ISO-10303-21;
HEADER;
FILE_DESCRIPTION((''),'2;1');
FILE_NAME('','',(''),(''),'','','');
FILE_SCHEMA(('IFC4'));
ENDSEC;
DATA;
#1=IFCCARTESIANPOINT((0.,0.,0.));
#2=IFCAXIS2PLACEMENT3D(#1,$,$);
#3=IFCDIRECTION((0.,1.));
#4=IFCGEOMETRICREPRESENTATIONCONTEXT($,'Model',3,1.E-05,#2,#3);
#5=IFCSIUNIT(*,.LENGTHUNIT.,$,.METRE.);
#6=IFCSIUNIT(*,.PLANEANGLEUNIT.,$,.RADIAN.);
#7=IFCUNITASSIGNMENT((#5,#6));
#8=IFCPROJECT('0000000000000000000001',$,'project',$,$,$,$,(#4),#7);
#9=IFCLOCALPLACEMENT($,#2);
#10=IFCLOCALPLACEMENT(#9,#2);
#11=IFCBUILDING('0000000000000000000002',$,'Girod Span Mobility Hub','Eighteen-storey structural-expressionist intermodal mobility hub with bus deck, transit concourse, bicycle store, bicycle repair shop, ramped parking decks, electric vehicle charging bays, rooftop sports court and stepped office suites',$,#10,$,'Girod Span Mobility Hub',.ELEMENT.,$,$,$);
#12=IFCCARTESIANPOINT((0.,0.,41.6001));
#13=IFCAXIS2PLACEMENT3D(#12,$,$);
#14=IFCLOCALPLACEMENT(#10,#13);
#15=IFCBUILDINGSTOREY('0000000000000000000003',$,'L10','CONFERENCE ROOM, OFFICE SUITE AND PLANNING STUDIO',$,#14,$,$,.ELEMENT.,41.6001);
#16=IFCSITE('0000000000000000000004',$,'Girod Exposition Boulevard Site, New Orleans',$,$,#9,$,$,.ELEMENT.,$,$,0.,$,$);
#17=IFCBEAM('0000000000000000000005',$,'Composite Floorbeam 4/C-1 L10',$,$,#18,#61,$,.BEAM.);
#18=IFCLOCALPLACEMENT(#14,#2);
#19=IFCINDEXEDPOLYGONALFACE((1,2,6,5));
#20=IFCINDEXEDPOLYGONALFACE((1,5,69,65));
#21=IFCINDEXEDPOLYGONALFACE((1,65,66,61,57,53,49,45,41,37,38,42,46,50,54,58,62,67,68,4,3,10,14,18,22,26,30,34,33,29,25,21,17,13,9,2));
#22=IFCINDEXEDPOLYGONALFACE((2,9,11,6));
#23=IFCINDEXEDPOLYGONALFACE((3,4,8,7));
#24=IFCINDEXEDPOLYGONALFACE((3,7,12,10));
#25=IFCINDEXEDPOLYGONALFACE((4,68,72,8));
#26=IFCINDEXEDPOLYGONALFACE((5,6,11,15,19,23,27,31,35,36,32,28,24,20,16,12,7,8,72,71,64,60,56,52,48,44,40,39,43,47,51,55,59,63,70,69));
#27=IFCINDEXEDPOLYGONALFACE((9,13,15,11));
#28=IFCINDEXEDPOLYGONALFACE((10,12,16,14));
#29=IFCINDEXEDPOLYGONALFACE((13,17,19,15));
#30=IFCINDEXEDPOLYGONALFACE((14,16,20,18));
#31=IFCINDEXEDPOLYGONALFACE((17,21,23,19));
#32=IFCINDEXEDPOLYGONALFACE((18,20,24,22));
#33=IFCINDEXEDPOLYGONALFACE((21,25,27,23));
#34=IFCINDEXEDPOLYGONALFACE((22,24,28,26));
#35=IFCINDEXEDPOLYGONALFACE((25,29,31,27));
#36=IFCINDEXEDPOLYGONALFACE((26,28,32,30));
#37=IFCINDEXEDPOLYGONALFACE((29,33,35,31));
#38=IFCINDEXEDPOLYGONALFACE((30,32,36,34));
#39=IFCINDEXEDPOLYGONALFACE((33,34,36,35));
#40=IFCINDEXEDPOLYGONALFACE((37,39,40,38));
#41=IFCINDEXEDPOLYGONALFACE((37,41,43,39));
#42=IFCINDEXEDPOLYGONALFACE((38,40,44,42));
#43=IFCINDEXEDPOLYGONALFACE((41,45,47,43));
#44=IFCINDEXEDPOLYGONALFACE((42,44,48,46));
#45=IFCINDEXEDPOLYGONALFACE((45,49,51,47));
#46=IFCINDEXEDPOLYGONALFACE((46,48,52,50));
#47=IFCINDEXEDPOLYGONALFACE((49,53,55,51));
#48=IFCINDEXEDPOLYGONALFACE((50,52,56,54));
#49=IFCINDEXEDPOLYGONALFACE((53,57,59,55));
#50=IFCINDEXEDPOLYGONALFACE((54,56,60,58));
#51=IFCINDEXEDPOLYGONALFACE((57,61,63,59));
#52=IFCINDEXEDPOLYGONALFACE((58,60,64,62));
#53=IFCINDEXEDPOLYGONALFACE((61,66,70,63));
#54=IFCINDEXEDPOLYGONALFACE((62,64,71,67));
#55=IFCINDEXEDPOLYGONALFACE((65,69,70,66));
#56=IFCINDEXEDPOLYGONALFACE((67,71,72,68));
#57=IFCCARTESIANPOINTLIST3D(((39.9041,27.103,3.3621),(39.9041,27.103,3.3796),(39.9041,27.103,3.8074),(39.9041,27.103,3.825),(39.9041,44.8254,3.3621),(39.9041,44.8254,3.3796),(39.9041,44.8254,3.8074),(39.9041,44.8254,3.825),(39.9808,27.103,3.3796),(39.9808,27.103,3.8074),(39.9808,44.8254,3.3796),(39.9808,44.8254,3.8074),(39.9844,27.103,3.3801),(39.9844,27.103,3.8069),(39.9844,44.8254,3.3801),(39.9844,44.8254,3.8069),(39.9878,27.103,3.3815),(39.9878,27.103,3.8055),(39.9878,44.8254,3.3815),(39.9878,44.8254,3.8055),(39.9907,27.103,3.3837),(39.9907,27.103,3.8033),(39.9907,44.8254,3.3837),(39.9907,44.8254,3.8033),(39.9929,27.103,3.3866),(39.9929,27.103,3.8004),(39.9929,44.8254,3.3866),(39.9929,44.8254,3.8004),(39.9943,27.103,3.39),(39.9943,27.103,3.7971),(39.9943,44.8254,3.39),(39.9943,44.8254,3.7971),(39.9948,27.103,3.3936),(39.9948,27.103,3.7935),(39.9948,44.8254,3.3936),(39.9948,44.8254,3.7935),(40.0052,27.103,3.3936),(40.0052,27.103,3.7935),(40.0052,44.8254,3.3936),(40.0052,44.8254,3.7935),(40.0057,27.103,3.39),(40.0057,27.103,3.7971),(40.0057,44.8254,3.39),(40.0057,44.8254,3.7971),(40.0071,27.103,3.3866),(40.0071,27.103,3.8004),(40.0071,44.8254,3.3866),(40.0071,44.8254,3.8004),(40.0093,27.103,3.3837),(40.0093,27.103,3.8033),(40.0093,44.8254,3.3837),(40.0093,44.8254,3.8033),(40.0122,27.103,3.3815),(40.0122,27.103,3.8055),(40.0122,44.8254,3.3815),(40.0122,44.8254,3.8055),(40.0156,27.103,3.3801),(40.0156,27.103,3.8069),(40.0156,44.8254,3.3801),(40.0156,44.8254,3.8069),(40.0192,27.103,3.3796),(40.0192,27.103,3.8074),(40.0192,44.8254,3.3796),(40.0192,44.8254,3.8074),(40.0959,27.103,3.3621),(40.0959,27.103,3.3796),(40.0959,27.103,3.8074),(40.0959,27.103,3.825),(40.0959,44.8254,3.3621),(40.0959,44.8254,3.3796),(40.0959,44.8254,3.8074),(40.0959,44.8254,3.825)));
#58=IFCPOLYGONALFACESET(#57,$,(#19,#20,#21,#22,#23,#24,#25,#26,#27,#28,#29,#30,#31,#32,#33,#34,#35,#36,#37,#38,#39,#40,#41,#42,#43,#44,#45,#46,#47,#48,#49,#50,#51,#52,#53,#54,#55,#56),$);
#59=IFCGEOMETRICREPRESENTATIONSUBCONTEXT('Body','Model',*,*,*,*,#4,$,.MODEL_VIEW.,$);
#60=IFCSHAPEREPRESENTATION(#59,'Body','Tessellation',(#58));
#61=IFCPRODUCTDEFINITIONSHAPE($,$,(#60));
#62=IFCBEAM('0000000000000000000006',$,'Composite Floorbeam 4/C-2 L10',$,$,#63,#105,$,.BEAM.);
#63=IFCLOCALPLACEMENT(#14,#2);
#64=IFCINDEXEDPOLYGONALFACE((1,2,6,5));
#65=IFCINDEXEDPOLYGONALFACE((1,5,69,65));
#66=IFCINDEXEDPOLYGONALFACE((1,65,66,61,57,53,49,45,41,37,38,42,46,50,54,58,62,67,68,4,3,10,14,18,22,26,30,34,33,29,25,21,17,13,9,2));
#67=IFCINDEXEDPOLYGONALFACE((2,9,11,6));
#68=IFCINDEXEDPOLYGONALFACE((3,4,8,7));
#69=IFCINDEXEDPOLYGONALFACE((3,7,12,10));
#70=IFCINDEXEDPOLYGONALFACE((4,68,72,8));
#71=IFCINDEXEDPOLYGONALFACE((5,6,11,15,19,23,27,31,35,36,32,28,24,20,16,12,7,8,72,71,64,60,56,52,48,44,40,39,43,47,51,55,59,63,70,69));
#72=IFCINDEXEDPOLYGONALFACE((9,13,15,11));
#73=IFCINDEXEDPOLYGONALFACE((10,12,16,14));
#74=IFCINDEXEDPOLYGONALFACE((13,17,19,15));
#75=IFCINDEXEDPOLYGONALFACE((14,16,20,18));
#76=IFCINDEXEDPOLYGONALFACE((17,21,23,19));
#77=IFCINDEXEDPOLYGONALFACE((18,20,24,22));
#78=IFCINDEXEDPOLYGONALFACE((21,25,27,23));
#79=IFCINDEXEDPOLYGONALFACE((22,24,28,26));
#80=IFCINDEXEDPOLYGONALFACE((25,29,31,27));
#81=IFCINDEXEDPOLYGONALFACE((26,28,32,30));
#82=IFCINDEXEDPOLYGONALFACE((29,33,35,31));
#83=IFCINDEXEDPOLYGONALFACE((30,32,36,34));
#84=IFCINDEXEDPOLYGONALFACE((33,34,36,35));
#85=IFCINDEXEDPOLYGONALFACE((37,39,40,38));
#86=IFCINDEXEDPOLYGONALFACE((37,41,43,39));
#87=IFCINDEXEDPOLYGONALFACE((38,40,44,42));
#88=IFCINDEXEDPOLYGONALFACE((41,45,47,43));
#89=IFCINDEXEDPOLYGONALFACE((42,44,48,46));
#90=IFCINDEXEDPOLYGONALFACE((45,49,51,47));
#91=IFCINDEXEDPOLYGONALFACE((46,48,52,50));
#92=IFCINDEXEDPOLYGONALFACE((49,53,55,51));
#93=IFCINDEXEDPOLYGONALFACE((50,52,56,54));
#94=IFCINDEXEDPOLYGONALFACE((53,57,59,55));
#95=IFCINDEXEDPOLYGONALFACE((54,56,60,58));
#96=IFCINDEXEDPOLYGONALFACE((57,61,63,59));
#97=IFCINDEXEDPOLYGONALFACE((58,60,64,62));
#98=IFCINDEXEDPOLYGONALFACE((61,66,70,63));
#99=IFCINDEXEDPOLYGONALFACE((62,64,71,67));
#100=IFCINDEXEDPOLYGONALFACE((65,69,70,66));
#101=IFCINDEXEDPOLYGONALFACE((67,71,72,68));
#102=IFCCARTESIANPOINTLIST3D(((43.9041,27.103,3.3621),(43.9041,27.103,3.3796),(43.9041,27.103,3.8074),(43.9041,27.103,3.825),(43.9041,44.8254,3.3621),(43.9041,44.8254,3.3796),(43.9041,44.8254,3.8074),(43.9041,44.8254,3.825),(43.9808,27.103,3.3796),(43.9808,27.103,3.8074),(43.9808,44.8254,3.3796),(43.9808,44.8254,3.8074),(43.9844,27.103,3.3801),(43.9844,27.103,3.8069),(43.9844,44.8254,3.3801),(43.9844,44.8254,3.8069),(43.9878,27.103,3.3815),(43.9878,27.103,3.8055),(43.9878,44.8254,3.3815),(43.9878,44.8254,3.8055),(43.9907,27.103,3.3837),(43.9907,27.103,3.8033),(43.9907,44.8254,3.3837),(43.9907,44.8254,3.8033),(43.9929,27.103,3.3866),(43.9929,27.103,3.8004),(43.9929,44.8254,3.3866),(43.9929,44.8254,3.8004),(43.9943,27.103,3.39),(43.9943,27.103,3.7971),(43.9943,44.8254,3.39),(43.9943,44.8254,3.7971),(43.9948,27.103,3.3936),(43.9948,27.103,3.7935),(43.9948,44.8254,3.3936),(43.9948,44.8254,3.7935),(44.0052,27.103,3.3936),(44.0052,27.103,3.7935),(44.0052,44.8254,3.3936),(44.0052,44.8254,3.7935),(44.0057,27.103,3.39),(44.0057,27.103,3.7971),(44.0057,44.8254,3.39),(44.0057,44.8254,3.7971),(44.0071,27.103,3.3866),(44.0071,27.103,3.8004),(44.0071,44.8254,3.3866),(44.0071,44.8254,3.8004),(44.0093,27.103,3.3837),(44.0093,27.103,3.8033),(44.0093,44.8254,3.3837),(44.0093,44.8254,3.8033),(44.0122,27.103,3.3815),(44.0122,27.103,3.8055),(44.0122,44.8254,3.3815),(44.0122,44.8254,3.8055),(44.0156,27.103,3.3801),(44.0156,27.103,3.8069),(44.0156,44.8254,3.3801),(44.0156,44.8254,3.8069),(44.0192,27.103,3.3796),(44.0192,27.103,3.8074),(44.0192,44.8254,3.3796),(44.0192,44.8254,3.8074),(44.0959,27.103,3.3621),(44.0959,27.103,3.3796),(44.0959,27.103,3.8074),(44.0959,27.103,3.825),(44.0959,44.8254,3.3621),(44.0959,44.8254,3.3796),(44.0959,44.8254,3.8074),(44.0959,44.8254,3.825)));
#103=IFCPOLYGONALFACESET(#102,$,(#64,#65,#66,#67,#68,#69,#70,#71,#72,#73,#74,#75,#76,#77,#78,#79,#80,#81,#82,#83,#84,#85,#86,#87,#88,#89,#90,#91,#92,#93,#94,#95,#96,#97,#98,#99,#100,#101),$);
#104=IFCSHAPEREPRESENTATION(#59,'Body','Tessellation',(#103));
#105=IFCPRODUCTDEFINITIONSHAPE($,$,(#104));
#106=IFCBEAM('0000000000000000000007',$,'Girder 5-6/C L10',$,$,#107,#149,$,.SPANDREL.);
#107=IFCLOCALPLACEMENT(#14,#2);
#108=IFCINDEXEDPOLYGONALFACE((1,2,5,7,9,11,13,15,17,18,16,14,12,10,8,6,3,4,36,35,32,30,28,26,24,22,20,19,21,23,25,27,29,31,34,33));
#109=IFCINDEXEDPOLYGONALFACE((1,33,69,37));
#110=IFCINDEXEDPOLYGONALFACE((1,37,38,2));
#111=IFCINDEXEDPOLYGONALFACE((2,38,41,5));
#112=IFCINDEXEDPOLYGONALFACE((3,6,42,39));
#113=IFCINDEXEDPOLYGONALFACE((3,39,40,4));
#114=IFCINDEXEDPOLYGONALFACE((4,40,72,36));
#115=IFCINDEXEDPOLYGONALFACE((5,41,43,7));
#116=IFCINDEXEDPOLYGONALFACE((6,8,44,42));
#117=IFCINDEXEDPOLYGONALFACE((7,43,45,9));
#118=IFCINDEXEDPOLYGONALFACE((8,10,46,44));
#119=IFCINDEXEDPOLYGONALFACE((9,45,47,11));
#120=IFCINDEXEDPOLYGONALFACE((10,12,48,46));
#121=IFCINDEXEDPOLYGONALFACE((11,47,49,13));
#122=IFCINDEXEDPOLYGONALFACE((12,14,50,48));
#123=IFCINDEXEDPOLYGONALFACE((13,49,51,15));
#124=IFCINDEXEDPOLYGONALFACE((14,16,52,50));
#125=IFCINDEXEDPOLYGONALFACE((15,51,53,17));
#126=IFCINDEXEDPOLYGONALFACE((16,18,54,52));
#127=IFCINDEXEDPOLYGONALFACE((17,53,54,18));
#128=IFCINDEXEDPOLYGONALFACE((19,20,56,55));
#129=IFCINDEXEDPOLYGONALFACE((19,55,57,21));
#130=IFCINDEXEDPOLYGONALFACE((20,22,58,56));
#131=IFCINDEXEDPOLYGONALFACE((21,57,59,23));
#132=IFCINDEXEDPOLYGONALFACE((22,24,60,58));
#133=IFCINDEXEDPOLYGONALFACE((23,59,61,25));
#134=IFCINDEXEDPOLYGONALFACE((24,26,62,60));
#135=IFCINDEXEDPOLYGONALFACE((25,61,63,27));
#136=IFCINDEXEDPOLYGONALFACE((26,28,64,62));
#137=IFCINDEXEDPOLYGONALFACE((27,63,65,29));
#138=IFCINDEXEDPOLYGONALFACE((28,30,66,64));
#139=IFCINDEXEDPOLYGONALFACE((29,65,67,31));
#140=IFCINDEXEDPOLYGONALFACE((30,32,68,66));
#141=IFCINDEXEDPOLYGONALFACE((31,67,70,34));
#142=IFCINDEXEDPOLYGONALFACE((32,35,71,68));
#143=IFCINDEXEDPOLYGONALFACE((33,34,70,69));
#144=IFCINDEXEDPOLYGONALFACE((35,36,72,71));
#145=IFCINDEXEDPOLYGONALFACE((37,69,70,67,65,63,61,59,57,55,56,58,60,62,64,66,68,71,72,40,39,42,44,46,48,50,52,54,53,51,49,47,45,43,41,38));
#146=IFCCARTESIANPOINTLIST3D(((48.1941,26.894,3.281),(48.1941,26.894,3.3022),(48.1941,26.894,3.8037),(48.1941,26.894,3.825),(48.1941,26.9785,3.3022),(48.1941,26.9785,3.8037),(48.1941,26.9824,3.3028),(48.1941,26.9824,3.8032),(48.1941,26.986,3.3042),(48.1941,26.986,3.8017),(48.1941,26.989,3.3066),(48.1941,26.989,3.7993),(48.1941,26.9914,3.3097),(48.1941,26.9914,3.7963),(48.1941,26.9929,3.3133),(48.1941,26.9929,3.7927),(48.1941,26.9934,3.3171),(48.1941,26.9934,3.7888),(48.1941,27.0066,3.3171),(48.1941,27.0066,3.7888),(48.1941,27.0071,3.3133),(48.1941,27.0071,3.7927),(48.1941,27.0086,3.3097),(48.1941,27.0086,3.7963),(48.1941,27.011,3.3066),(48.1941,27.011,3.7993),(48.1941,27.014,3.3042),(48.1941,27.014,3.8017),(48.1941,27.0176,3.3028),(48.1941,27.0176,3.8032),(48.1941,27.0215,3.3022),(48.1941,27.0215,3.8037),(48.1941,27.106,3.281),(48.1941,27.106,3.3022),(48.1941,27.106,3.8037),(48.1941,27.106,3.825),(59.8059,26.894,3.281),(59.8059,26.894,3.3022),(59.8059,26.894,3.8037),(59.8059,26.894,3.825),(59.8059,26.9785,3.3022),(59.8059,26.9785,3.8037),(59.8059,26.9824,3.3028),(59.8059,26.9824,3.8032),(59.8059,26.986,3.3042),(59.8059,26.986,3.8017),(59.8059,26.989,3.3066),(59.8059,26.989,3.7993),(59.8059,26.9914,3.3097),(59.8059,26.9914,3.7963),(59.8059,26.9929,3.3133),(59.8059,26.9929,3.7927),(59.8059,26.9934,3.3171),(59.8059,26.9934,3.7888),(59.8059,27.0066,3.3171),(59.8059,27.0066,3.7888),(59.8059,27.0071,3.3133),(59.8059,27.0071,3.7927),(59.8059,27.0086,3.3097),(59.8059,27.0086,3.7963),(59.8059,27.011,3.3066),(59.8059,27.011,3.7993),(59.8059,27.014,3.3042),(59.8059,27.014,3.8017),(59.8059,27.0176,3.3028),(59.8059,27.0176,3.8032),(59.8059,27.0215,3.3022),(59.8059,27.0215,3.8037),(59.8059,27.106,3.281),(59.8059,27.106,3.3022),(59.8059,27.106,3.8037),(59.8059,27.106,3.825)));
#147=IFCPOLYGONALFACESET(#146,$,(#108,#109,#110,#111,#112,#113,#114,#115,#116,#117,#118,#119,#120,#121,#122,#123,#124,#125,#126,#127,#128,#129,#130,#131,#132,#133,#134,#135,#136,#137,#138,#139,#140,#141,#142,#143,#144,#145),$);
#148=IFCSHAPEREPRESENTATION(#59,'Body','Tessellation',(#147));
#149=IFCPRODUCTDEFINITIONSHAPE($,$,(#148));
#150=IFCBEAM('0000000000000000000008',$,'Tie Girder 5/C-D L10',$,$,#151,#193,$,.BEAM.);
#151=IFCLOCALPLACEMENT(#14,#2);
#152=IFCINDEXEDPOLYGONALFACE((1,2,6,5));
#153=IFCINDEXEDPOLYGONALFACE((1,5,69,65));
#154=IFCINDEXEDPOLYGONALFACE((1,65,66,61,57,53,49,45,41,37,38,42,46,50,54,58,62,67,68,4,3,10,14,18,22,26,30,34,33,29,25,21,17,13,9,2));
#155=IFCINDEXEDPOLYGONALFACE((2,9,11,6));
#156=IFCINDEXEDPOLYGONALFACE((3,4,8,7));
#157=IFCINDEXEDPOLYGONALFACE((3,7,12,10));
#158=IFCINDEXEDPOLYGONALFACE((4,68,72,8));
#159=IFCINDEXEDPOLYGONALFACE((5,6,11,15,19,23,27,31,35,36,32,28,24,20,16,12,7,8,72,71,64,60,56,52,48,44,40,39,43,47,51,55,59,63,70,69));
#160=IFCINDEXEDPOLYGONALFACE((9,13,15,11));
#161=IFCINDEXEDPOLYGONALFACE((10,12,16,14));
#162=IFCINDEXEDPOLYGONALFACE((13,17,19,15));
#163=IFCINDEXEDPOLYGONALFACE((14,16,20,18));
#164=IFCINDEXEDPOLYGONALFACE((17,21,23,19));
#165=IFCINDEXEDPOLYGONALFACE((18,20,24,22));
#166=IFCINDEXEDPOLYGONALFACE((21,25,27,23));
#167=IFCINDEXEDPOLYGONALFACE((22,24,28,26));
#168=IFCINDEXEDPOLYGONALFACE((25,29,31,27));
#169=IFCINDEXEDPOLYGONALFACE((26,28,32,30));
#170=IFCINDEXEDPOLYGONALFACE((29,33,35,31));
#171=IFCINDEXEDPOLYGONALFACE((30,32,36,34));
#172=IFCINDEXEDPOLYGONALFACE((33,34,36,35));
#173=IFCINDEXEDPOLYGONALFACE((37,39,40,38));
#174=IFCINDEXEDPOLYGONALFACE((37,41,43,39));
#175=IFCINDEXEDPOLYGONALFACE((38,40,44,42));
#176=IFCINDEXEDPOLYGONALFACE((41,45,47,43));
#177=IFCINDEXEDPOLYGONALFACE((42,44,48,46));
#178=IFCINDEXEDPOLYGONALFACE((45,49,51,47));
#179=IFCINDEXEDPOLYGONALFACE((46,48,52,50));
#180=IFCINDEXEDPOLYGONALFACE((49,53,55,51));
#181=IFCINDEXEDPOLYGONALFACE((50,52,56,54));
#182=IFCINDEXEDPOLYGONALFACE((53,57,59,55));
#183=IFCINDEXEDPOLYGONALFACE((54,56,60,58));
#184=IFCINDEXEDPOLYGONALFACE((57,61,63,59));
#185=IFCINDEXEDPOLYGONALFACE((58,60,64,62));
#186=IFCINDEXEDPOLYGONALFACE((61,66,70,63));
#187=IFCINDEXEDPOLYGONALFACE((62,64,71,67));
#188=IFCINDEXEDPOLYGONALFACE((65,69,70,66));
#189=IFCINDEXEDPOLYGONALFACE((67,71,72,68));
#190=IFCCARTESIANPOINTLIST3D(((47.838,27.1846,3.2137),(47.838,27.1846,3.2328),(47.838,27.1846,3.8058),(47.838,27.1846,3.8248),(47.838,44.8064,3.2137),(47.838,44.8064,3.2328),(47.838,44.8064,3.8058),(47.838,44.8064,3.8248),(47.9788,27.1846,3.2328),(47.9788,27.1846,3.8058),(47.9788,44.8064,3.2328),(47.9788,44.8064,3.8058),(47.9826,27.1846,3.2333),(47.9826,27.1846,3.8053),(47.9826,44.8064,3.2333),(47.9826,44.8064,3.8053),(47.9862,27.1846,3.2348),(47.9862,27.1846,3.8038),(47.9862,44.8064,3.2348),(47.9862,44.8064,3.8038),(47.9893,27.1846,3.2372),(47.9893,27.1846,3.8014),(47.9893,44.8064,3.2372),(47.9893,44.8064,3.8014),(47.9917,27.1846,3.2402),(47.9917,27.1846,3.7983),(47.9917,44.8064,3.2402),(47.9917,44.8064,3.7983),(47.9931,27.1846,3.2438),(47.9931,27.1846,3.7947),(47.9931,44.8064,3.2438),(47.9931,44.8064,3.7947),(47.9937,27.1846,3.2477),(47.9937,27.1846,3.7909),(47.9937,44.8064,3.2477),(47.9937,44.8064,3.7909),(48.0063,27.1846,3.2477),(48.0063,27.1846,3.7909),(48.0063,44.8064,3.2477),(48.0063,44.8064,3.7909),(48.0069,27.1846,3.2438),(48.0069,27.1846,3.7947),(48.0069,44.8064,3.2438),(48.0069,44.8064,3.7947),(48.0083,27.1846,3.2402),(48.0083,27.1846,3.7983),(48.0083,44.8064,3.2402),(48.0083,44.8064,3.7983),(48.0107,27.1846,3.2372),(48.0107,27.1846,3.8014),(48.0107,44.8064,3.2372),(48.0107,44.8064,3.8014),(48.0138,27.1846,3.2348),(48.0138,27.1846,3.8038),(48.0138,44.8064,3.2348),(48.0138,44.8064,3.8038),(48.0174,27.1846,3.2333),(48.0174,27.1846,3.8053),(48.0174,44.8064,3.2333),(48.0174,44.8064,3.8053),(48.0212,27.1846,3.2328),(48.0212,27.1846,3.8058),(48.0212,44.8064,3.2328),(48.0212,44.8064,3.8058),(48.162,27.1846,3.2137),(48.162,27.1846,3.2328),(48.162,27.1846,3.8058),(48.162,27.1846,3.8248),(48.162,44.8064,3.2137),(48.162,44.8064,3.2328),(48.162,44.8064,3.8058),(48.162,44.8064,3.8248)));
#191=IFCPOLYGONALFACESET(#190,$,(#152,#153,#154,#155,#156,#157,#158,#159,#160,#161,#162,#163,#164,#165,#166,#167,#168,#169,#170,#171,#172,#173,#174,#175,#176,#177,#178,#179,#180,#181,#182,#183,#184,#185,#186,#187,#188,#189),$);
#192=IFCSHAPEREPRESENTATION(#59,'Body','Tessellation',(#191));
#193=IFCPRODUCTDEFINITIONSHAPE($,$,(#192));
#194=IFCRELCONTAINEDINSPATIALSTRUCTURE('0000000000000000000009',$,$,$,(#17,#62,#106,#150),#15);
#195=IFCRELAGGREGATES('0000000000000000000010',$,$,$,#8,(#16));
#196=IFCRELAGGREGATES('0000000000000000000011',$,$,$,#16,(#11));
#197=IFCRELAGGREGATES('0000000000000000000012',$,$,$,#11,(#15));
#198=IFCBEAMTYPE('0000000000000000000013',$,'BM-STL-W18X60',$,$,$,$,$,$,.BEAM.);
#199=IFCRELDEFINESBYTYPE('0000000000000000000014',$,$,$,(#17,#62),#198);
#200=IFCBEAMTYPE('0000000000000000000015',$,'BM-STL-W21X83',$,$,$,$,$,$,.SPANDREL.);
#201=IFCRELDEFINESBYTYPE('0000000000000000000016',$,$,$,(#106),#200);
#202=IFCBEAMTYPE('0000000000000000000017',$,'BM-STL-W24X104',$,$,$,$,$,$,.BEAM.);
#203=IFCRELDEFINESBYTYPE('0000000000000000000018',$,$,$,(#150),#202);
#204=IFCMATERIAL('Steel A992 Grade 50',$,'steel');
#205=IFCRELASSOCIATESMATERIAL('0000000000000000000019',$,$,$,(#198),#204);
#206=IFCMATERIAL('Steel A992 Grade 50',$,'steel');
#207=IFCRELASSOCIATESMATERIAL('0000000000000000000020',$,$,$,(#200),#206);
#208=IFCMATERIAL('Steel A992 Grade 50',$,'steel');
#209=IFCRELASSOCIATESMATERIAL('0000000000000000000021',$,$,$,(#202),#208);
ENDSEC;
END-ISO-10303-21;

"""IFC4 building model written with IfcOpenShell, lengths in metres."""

from ifc_helpers import new_model, si_unit, direction, frame, origin, origin_2d, place, context, subcontext, project, spatial, i_section, extrude, material, material_profile, profile_set, type_object, element, save


model = new_model("IFC4")

# Units and contexts
model_context = context("Model", 3, precision=1e-05, world=origin(), true_north=direction((0.0, 1.0)))
body_context = subcontext(model_context, "Body", "Model", "MODEL_VIEW")
ifc_project = project(units=[si_unit("LENGTHUNIT", "METRE"), si_unit("PLANEANGLEUNIT", "RADIAN")], contexts=[model_context])

# Site, building, storey
site_placement = place(None, origin())
site = spatial("IfcSite", under=ifc_project, at=site_placement, Name="Girod Exposition Boulevard Site, New Orleans", CompositionType="ELEMENT", RefElevation=0.0)
building_placement = place(site_placement, origin())
building = spatial("IfcBuilding", under=site, at=building_placement, Name="Girod Span Mobility Hub", Description="Eighteen-storey structural-expressionist intermodal mobility hub with bus deck, transit concourse, bicycle store, bicycle repair shop, ramped parking decks, electric vehicle charging bays, rooftop sports court and stepped office suites", LongName="Girod Span Mobility Hub", CompositionType="ELEMENT")
storey_placement = place(building_placement, frame((0.0, 0.0, 41.6001)))
storey = spatial("IfcBuildingStorey", under=building, at=storey_placement, Name="L10", Description="CONFERENCE ROOM, OFFICE SUITE AND PLANNING STUDIO", CompositionType="ELEMENT", Elevation=41.6001)

# Beams
ifc_material_1 = material(Name="Steel A992 Grade 50", Category="steel")
ifc_material_profile_1 = material_profile(ifc_material_1, i_section(OverallWidth=0.1919, OverallDepth=0.4629, WebThickness=0.0105, FlangeThickness=0.0176, FilletRadius=0.0139, at=origin_2d()), Name="W18X60")
ifc_profile_set_1 = profile_set([ifc_material_profile_1], Name="Steel A992 Grade 50")
beam_type_1 = type_object("IfcBeamType", Name="BM-STL-W18X60", PredefinedType="BEAM", material=ifc_profile_set_1)
for number, where, z_axis, x_axis, name in (
    (1, (40.0, 27.103, 3.5935), (0.0, 1.0, 0.0), (-1.0, 0.0, 0.0), "Composite Floorbeam 4/C-1 L10"),
    (2, (44.0, 27.103, 3.5935), (0.0, 1.0, 0.0), (-1.0, 0.0, 0.0), "Composite Floorbeam 4/C-2 L10"),
):
    element("IfcBeam", number, at=place(storey_placement, frame(where, z_axis=z_axis, x_axis=x_axis)), inside=storey, type_object=beam_type_1, Name=name, PredefinedType="BEAM", context=body_context, shape_type="SweptSolid", body=[
        extrude(i_section(OverallWidth=0.1919, OverallDepth=0.4629, WebThickness=0.0105, FlangeThickness=0.0176, FilletRadius=0.0139, at=origin_2d()), origin(), (0.0, 0.0, 1.0), 17.7224),
    ])
ifc_material_2 = material(Name="Steel A992 Grade 50", Category="steel")
ifc_material_profile_2 = material_profile(ifc_material_2, i_section(OverallWidth=0.2119, OverallDepth=0.5439, WebThickness=0.0132, FlangeThickness=0.0212, FilletRadius=0.0149, at=origin_2d()), Name="W21X83")
ifc_profile_set_2 = profile_set([ifc_material_profile_2], Name="Steel A992 Grade 50")
beam_type_2 = type_object("IfcBeamType", Name="BM-STL-W21X83", PredefinedType="SPANDREL", material=ifc_profile_set_2)
beam_1_placement = place(storey_placement, frame((48.1941, 27.0, 3.553), z_axis=(1.0, 0.0, 0.0), x_axis=(0.0, 1.0, 0.0)))
element("IfcBeam", 3, at=beam_1_placement, inside=storey, type_object=beam_type_2, Name="Girder 5-6/C L10", PredefinedType="SPANDREL", context=body_context, shape_type="SweptSolid", body=[
    extrude(i_section(OverallWidth=0.2119, OverallDepth=0.5439, WebThickness=0.0132, FlangeThickness=0.0212, FilletRadius=0.0149, at=origin_2d()), origin(), (0.0, 0.0, 1.0), 11.6118),
])
ifc_material_3 = material(Name="Steel A992 Grade 50", Category="steel")
ifc_material_profile_3 = material_profile(ifc_material_3, i_section(OverallWidth=0.324, OverallDepth=0.6111, WebThickness=0.0127, FlangeThickness=0.019, FilletRadius=0.0149, at=origin_2d()), Name="W24X104")
ifc_profile_set_3 = profile_set([ifc_material_profile_3], Name="Steel A992 Grade 50")
beam_type_3 = type_object("IfcBeamType", Name="BM-STL-W24X104", PredefinedType="BEAM", material=ifc_profile_set_3)
beam_2_placement = place(storey_placement, frame((48.0, 27.1846, 3.5193), z_axis=(0.0, 1.0, 0.0), x_axis=(-1.0, 0.0, 0.0)))
element("IfcBeam", 4, at=beam_2_placement, inside=storey, type_object=beam_type_3, Name="Tie Girder 5/C-D L10", PredefinedType="BEAM", context=body_context, shape_type="SweptSolid", body=[
    extrude(i_section(OverallWidth=0.324, OverallDepth=0.6111, WebThickness=0.0127, FlangeThickness=0.019, FilletRadius=0.0149, at=origin_2d()), origin(), (0.0, 0.0, 1.0), 17.6218),
])

save(model, "model.ifc")
